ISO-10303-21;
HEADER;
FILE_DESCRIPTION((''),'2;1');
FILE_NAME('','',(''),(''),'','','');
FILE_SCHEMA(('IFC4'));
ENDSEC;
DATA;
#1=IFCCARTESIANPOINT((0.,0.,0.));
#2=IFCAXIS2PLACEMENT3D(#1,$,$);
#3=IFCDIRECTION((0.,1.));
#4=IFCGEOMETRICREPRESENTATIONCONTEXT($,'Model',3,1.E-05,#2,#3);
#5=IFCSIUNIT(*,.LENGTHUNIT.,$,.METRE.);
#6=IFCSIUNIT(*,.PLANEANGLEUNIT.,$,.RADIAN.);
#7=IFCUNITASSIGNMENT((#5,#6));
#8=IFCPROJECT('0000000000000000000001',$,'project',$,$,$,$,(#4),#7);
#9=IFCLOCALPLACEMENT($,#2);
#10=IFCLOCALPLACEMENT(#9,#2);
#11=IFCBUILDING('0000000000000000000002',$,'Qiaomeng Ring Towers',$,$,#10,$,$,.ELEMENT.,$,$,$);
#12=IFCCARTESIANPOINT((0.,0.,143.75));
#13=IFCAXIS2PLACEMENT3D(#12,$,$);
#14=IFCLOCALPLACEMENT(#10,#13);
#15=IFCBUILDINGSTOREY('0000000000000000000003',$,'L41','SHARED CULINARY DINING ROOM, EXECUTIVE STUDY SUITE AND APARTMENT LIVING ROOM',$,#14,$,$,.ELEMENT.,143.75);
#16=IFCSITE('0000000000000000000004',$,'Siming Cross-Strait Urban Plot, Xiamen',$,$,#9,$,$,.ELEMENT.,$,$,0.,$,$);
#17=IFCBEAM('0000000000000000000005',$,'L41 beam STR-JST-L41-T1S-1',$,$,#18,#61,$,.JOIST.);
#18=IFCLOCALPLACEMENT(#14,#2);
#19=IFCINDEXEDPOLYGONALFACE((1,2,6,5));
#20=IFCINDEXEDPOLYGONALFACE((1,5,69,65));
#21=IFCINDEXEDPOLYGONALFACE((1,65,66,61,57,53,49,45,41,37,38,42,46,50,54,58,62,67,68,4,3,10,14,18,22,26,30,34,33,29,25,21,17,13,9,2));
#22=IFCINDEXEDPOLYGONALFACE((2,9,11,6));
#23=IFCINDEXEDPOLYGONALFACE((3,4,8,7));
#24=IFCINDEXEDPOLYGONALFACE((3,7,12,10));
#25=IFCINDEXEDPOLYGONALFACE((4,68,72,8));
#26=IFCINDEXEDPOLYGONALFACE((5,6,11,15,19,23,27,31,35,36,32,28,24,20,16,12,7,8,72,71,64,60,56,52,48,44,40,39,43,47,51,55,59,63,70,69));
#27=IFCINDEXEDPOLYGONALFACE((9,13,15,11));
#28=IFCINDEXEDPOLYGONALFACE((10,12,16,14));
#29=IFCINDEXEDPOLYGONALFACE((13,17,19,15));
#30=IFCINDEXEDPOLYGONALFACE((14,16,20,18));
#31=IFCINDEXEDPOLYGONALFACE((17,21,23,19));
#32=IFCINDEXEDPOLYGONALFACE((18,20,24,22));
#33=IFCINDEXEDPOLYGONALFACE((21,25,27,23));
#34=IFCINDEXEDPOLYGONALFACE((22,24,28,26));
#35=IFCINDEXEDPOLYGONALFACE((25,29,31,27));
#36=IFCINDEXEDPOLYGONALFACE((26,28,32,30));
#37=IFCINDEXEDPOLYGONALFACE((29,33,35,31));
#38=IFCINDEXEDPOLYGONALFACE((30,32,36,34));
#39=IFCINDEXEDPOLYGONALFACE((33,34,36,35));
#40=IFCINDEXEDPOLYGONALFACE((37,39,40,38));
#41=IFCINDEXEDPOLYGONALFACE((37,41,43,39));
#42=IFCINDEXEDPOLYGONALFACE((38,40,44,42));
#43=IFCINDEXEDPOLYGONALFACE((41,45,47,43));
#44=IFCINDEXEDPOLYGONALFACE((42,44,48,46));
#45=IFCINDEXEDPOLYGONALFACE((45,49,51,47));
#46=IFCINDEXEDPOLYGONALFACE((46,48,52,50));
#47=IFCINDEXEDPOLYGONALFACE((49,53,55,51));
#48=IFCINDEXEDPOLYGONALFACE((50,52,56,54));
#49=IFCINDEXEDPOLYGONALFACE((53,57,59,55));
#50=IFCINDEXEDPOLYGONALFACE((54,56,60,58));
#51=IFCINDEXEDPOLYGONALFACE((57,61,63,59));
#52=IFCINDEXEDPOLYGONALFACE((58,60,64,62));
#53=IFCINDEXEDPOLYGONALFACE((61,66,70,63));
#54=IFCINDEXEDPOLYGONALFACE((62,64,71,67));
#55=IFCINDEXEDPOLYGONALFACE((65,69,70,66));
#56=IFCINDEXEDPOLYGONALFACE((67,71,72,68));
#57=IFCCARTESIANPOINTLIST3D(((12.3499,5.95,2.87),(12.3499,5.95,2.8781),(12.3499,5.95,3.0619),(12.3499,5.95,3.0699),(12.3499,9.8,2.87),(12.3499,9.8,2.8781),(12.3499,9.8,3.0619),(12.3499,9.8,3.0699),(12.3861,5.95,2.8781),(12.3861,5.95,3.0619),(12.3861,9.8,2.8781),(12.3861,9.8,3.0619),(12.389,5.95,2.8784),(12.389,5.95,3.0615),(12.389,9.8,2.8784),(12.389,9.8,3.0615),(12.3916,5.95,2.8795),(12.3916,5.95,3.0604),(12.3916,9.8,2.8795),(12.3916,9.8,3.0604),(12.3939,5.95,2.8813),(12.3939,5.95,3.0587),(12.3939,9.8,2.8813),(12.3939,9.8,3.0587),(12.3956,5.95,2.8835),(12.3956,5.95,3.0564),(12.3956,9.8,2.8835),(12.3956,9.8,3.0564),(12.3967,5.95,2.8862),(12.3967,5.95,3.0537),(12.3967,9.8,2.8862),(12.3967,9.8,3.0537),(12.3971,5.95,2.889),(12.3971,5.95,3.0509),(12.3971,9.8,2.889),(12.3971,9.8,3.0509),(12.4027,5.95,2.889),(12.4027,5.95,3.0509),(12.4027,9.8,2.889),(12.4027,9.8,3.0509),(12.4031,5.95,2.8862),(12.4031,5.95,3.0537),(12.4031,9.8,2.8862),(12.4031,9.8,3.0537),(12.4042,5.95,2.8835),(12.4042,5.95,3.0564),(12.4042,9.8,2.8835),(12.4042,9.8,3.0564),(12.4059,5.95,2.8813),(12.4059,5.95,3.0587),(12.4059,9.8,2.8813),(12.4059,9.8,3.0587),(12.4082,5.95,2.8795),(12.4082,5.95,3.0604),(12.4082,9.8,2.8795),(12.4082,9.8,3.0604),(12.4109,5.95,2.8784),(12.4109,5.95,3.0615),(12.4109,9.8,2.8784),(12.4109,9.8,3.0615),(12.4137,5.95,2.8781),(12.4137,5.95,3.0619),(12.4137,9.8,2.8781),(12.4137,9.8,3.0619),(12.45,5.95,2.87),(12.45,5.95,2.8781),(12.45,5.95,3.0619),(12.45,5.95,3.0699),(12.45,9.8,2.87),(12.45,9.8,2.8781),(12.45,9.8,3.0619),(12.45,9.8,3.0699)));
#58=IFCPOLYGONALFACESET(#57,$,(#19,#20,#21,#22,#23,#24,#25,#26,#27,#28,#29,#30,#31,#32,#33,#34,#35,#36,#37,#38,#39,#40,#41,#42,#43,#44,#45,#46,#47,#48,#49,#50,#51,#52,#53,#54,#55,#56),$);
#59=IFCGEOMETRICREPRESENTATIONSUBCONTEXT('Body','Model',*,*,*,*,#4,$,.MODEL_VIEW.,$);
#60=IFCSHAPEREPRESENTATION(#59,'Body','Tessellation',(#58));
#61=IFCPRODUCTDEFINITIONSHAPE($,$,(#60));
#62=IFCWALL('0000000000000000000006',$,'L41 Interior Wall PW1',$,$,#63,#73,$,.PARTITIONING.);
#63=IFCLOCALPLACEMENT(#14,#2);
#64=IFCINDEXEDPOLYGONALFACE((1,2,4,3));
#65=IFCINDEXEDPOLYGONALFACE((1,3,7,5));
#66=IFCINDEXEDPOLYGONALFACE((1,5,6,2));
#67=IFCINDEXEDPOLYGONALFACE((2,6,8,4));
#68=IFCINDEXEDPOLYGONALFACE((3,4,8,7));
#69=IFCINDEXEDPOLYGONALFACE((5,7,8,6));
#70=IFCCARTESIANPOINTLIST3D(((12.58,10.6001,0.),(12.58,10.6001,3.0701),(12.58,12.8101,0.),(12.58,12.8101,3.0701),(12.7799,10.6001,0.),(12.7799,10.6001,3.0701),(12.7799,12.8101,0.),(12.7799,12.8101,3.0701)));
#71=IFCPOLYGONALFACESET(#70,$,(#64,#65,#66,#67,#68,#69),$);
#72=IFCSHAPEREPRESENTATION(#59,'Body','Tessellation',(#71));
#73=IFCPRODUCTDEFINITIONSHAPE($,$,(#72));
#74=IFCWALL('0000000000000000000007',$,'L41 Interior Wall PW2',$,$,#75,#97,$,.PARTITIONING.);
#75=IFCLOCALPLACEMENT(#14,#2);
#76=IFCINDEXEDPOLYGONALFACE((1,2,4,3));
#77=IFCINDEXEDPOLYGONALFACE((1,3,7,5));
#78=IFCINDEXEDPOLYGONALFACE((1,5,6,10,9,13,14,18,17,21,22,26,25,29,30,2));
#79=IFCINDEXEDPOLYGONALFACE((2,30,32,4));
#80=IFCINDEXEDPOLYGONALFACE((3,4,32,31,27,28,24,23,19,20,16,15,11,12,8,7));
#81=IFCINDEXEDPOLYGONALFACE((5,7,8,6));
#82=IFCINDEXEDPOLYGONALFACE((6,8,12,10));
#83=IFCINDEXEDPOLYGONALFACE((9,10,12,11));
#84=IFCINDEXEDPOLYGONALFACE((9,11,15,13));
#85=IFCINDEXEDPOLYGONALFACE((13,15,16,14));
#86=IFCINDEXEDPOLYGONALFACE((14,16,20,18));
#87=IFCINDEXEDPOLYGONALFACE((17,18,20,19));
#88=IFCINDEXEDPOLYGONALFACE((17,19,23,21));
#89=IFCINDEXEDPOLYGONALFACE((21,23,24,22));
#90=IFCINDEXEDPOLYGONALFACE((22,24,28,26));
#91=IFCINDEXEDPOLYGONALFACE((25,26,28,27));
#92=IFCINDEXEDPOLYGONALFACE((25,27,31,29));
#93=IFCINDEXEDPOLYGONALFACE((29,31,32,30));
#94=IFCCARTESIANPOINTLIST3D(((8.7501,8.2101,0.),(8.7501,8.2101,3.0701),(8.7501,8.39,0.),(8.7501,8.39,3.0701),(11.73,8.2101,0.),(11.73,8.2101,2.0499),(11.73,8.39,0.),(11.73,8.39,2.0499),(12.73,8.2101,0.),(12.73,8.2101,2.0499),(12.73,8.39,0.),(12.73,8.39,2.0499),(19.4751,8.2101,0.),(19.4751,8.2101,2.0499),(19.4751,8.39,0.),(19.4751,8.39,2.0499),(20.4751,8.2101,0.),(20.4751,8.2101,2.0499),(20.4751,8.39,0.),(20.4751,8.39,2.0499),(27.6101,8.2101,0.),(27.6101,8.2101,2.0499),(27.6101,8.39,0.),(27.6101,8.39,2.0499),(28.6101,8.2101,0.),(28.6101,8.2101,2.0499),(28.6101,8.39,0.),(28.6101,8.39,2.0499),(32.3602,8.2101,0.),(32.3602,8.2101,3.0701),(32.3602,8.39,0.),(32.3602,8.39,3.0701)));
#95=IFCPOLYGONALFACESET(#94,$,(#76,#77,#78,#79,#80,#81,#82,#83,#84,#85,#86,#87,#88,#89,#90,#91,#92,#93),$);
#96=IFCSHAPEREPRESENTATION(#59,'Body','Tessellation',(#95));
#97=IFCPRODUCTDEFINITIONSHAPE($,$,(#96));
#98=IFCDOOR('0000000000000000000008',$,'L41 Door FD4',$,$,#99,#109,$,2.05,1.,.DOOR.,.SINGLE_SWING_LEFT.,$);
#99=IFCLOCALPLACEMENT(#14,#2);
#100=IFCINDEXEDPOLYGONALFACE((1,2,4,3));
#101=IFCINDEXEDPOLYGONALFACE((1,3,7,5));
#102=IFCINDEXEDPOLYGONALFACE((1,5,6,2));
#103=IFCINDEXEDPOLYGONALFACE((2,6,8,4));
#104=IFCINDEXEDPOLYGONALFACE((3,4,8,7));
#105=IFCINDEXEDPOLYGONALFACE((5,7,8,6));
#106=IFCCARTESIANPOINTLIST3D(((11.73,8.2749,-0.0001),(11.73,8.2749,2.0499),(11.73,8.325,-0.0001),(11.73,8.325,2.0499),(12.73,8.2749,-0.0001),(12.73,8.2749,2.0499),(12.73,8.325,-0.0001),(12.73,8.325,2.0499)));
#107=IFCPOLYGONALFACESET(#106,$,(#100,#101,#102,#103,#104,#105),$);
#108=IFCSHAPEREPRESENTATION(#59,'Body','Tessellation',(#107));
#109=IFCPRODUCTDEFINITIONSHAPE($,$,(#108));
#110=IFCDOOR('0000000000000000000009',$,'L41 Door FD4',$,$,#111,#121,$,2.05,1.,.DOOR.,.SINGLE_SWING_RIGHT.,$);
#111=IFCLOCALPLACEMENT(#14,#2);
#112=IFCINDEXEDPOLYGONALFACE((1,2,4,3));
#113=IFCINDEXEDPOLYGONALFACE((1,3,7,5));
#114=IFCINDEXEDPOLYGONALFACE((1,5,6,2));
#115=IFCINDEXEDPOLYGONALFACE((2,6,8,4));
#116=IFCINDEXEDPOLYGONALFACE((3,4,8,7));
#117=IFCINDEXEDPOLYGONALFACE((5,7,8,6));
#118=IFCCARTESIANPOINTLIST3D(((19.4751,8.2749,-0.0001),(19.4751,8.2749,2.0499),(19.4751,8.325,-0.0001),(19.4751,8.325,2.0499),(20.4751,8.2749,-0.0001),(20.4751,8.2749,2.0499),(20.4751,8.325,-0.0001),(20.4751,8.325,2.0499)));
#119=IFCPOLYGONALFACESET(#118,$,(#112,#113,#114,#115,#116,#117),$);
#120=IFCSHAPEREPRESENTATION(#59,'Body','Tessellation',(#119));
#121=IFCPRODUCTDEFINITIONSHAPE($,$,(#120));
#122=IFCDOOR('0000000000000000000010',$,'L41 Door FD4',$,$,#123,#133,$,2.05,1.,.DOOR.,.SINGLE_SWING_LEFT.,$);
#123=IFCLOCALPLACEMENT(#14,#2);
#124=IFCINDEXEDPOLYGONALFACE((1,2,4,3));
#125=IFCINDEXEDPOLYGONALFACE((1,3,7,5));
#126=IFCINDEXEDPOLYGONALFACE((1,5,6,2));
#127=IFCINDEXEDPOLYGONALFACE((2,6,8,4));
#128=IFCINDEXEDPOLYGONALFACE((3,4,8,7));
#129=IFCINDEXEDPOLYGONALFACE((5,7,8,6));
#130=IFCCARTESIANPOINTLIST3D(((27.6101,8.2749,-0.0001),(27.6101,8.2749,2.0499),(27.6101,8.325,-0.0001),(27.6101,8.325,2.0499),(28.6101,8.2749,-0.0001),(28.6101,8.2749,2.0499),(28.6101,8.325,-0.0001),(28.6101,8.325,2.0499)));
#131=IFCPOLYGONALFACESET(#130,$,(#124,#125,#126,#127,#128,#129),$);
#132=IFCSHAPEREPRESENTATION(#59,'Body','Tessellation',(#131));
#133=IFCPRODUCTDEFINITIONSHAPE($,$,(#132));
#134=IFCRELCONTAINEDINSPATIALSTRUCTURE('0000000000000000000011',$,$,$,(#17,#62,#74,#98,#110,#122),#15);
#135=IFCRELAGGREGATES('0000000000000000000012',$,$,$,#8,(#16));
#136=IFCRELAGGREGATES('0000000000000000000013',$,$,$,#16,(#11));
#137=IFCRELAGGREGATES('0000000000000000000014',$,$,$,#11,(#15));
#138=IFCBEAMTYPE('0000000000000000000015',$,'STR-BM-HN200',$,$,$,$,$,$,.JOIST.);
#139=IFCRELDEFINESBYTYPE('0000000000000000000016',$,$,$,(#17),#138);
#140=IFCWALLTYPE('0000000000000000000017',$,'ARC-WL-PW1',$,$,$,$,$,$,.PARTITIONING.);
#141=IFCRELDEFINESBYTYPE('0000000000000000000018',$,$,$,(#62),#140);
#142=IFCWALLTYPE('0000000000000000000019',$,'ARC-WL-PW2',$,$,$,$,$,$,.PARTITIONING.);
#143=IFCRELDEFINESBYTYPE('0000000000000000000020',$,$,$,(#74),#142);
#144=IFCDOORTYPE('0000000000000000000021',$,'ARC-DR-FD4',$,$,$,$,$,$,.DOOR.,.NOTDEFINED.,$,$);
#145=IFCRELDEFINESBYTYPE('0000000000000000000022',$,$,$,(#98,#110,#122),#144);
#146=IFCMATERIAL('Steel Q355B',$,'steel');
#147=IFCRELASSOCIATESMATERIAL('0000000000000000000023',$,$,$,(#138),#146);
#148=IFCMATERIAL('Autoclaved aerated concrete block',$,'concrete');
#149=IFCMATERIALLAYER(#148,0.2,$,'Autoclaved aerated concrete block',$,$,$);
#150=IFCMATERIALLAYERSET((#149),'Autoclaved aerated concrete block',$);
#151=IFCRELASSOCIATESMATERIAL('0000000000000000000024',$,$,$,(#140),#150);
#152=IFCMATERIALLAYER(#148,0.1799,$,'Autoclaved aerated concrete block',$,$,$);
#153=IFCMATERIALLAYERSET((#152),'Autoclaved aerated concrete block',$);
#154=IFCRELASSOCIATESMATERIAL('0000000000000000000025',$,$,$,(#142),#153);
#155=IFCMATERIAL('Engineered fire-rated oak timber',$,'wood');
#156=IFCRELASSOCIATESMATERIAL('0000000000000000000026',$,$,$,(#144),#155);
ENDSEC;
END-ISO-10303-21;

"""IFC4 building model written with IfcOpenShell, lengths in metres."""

from ifc_helpers import new_model, si_unit, direction, frame, frame_2d, origin, origin_2d, place, context, subcontext, project, spatial, rectangle, i_section, extrude, source, transform, mapped, material, layer, layer_set, material_profile, profile_set, type_object, element, fill, save


model = new_model("IFC4")

# Units and contexts
model_context = context("Model", 3, precision=1e-05, world=origin(), true_north=direction((0.0, 1.0)))
body_context = subcontext(model_context, "Body", "Model", "MODEL_VIEW")
ifc_project = project(units=[si_unit("LENGTHUNIT", "METRE"), si_unit("PLANEANGLEUNIT", "RADIAN")], contexts=[model_context])

# Site, building, storey
site_placement = place(None, origin())
site = spatial("IfcSite", under=ifc_project, at=site_placement, Name="Siming Cross-Strait Urban Plot, Xiamen", CompositionType="ELEMENT", RefElevation=0.0)
building_placement = place(site_placement, origin())
building = spatial("IfcBuilding", under=site, at=building_placement, Name="Qiaomeng Ring Towers", CompositionType="ELEMENT")
storey_placement = place(building_placement, frame((0.0, 0.0, 143.75)))
storey = spatial("IfcBuildingStorey", under=building, at=storey_placement, Name="L41", Description="SHARED CULINARY DINING ROOM, EXECUTIVE STUDY SUITE AND APARTMENT LIVING ROOM", CompositionType="ELEMENT", Elevation=143.75)

# Beam
ifc_material_1 = material(Name="Steel Q355B", Category="steel")
ifc_material_profile = material_profile(ifc_material_1, i_section(OverallWidth=0.1001, OverallDepth=0.2, WebThickness=0.0056, FlangeThickness=0.0081, FilletRadius=0.011, at=origin_2d()), Name="HN 200x100x5.5x8")
ifc_profile_set = profile_set([ifc_material_profile], Name="Steel Q355B")
beam_type = type_object("IfcBeamType", Name="STR-BM-HN200", PredefinedType="JOIST", material=ifc_profile_set)
shared_shape_1 = source(origin(), body_context, "Body", "SweptSolid", [
    extrude(i_section(OverallWidth=0.1001, OverallDepth=0.2, WebThickness=0.0056, FlangeThickness=0.0081, FilletRadius=0.011, at=origin_2d()), origin(), (0.0, 0.0, 1.0), 3.8501),
])
beam_placement = place(storey_placement, frame((12.3999, 5.95, 2.97), z_axis=(0.0, 1.0, 0.0), x_axis=(-1.0, 0.0, 0.0)))
element("IfcBeam", 1, at=beam_placement, inside=storey, type_object=beam_type, Name="L41 beam STR-JST-L41-T1S-1", PredefinedType="JOIST", context=body_context, shape_type="MappedRepresentation", body=[
    mapped(shared_shape_1, transform((0.0, 0.0, 0.0), x_axis=(1.0, 0.0, 0.0), y_axis=(0.0, 1.0, 0.0), z_axis=(0.0, 0.0, 1.0), scale=1.0)),
])

# Wall
ifc_material_2 = material(Name="Autoclaved aerated concrete block", Category="concrete")
ifc_layer_1 = layer(ifc_material_2, 0.2, Name="Autoclaved aerated concrete block")
ifc_layer_set_1 = layer_set([ifc_layer_1], Name="Autoclaved aerated concrete block")
wall_type_1 = type_object("IfcWallType", Name="ARC-WL-PW1", PredefinedType="PARTITIONING", material=ifc_layer_set_1)
wall_1_placement = place(storey_placement, frame((12.6799, 10.6001, 0.0), z_axis=(0.0, 0.0, 1.0), x_axis=(0.0, 1.0, 0.0)))
element("IfcWall", 2, at=wall_1_placement, inside=storey, type_object=wall_type_1, Name="L41 Interior Wall PW1", PredefinedType="PARTITIONING", context=body_context, shape_type="SweptSolid", body=[
    extrude(rectangle(XDim=2.21, YDim=0.2, at=frame_2d((1.105, 0.0))), origin(), (0.0, 0.0, 1.0), 3.0701),
])

# Wall, openings, doors
ifc_layer_2 = layer(ifc_material_2, 0.1799, Name="Autoclaved aerated concrete block")
ifc_layer_set_2 = layer_set([ifc_layer_2], Name="Autoclaved aerated concrete block")
wall_type_2 = type_object("IfcWallType", Name="ARC-WL-PW2", PredefinedType="PARTITIONING", material=ifc_layer_set_2)
wall_2_placement = place(storey_placement, frame((8.75, 8.3, 0.0), z_axis=(0.0, 0.0, 1.0), x_axis=(1.0, 0.0, 0.0)))
wall_2 = element("IfcWall", 3, at=wall_2_placement, inside=storey, type_object=wall_type_2, Name="L41 Interior Wall PW2", PredefinedType="PARTITIONING", context=body_context, shape_type="SweptSolid", body=[
    extrude(rectangle(XDim=23.6101, YDim=0.1799, at=frame_2d((11.8052, 0.0))), origin(), (0.0, 0.0, 1.0), 3.0701),
])
opening_1_placement = place(wall_2_placement, frame((2.98, 0.0, 0.0)))
opening_1 = element("IfcOpeningElement", 4, at=opening_1_placement, cuts=wall_2, PredefinedType="OPENING", context=body_context, shape_type="SweptSolid", body=[
    extrude(rectangle(XDim=1.0, YDim=2.05, at=frame_2d((0.5, 1.0249))), frame((0.0, 0.0999, 0.0), z_axis=(0.0, -1.0, 0.0), x_axis=(1.0, 0.0, 0.0)), (0.0, 0.0, 1.0), 0.2),
])
opening_2_placement = place(wall_2_placement, frame((10.7251, 0.0, 0.0)))
opening_2 = element("IfcOpeningElement", 5, at=opening_2_placement, cuts=wall_2, PredefinedType="OPENING", context=body_context, shape_type="SweptSolid", body=[
    extrude(rectangle(XDim=1.0, YDim=2.05, at=frame_2d((0.5, 1.0249))), frame((0.0, 0.0999, 0.0), z_axis=(0.0, -1.0, 0.0), x_axis=(1.0, 0.0, 0.0)), (0.0, 0.0, 1.0), 0.2),
])
opening_3_placement = place(wall_2_placement, frame((18.8601, 0.0, 0.0)))
opening_3 = element("IfcOpeningElement", 6, at=opening_3_placement, cuts=wall_2, PredefinedType="OPENING", context=body_context, shape_type="SweptSolid", body=[
    extrude(rectangle(XDim=1.0, YDim=2.05, at=frame_2d((0.5, 1.0249))), frame((0.0, 0.0999, 0.0), z_axis=(0.0, -1.0, 0.0), x_axis=(1.0, 0.0, 0.0)), (0.0, 0.0, 1.0), 0.2),
])
ifc_material_3 = material(Name="Engineered fire-rated oak timber", Category="wood")
door_type_1 = type_object("IfcDoorType", Name="ARC-DR-FD4", OperationType="NOTDEFINED", PredefinedType="DOOR", material=ifc_material_3)
shared_shape_2 = source(origin(), body_context, "Body", "SweptSolid", [
    extrude(rectangle(XDim=1.0, YDim=2.05, at=frame_2d((0.5, 1.0249))), frame((0.0, 0.0249, 0.0), z_axis=(0.0, -1.0, 0.0), x_axis=(1.0, 0.0, 0.0)), (0.0, 0.0, 1.0), 0.05),
])
door_1_placement = place(opening_1_placement, origin())
door_1 = element("IfcDoor", 7, at=door_1_placement, inside=storey, type_object=door_type_1, Name="L41 Door FD4", OperationType="SINGLE_SWING_LEFT", OverallHeight=2.05, OverallWidth=1.0, PredefinedType="DOOR", context=body_context, shape_type="MappedRepresentation", body=[
    mapped(shared_shape_2, transform((0.0, 0.0, 0.0), x_axis=(1.0, 0.0, 0.0), y_axis=(0.0, 1.0, 0.0), z_axis=(0.0, 0.0, 1.0), scale=1.0)),
])
fill(opening_1, door_1)
door_2_placement = place(opening_2_placement, origin())
door_2 = element("IfcDoor", 8, at=door_2_placement, inside=storey, type_object=door_type_1, Name="L41 Door FD4", OperationType="SINGLE_SWING_RIGHT", OverallHeight=2.05, OverallWidth=1.0, PredefinedType="DOOR", context=body_context, shape_type="MappedRepresentation", body=[
    mapped(shared_shape_2, transform((0.0, 0.0, 0.0), x_axis=(1.0, 0.0, 0.0), y_axis=(0.0, 1.0, 0.0), z_axis=(0.0, 0.0, 1.0), scale=1.0)),
])
fill(opening_2, door_2)
door_3_placement = place(opening_3_placement, origin())
door_3 = element("IfcDoor", 9, at=door_3_placement, inside=storey, type_object=door_type_1, Name="L41 Door FD4", OperationType="SINGLE_SWING_LEFT", OverallHeight=2.05, OverallWidth=1.0, PredefinedType="DOOR", context=body_context, shape_type="MappedRepresentation", body=[
    mapped(shared_shape_2, transform((0.0, 0.0, 0.0), x_axis=(1.0, 0.0, 0.0), y_axis=(0.0, 1.0, 0.0), z_axis=(0.0, 0.0, 1.0), scale=1.0)),
])
fill(opening_3, door_3)

save(model, "model.ifc")
